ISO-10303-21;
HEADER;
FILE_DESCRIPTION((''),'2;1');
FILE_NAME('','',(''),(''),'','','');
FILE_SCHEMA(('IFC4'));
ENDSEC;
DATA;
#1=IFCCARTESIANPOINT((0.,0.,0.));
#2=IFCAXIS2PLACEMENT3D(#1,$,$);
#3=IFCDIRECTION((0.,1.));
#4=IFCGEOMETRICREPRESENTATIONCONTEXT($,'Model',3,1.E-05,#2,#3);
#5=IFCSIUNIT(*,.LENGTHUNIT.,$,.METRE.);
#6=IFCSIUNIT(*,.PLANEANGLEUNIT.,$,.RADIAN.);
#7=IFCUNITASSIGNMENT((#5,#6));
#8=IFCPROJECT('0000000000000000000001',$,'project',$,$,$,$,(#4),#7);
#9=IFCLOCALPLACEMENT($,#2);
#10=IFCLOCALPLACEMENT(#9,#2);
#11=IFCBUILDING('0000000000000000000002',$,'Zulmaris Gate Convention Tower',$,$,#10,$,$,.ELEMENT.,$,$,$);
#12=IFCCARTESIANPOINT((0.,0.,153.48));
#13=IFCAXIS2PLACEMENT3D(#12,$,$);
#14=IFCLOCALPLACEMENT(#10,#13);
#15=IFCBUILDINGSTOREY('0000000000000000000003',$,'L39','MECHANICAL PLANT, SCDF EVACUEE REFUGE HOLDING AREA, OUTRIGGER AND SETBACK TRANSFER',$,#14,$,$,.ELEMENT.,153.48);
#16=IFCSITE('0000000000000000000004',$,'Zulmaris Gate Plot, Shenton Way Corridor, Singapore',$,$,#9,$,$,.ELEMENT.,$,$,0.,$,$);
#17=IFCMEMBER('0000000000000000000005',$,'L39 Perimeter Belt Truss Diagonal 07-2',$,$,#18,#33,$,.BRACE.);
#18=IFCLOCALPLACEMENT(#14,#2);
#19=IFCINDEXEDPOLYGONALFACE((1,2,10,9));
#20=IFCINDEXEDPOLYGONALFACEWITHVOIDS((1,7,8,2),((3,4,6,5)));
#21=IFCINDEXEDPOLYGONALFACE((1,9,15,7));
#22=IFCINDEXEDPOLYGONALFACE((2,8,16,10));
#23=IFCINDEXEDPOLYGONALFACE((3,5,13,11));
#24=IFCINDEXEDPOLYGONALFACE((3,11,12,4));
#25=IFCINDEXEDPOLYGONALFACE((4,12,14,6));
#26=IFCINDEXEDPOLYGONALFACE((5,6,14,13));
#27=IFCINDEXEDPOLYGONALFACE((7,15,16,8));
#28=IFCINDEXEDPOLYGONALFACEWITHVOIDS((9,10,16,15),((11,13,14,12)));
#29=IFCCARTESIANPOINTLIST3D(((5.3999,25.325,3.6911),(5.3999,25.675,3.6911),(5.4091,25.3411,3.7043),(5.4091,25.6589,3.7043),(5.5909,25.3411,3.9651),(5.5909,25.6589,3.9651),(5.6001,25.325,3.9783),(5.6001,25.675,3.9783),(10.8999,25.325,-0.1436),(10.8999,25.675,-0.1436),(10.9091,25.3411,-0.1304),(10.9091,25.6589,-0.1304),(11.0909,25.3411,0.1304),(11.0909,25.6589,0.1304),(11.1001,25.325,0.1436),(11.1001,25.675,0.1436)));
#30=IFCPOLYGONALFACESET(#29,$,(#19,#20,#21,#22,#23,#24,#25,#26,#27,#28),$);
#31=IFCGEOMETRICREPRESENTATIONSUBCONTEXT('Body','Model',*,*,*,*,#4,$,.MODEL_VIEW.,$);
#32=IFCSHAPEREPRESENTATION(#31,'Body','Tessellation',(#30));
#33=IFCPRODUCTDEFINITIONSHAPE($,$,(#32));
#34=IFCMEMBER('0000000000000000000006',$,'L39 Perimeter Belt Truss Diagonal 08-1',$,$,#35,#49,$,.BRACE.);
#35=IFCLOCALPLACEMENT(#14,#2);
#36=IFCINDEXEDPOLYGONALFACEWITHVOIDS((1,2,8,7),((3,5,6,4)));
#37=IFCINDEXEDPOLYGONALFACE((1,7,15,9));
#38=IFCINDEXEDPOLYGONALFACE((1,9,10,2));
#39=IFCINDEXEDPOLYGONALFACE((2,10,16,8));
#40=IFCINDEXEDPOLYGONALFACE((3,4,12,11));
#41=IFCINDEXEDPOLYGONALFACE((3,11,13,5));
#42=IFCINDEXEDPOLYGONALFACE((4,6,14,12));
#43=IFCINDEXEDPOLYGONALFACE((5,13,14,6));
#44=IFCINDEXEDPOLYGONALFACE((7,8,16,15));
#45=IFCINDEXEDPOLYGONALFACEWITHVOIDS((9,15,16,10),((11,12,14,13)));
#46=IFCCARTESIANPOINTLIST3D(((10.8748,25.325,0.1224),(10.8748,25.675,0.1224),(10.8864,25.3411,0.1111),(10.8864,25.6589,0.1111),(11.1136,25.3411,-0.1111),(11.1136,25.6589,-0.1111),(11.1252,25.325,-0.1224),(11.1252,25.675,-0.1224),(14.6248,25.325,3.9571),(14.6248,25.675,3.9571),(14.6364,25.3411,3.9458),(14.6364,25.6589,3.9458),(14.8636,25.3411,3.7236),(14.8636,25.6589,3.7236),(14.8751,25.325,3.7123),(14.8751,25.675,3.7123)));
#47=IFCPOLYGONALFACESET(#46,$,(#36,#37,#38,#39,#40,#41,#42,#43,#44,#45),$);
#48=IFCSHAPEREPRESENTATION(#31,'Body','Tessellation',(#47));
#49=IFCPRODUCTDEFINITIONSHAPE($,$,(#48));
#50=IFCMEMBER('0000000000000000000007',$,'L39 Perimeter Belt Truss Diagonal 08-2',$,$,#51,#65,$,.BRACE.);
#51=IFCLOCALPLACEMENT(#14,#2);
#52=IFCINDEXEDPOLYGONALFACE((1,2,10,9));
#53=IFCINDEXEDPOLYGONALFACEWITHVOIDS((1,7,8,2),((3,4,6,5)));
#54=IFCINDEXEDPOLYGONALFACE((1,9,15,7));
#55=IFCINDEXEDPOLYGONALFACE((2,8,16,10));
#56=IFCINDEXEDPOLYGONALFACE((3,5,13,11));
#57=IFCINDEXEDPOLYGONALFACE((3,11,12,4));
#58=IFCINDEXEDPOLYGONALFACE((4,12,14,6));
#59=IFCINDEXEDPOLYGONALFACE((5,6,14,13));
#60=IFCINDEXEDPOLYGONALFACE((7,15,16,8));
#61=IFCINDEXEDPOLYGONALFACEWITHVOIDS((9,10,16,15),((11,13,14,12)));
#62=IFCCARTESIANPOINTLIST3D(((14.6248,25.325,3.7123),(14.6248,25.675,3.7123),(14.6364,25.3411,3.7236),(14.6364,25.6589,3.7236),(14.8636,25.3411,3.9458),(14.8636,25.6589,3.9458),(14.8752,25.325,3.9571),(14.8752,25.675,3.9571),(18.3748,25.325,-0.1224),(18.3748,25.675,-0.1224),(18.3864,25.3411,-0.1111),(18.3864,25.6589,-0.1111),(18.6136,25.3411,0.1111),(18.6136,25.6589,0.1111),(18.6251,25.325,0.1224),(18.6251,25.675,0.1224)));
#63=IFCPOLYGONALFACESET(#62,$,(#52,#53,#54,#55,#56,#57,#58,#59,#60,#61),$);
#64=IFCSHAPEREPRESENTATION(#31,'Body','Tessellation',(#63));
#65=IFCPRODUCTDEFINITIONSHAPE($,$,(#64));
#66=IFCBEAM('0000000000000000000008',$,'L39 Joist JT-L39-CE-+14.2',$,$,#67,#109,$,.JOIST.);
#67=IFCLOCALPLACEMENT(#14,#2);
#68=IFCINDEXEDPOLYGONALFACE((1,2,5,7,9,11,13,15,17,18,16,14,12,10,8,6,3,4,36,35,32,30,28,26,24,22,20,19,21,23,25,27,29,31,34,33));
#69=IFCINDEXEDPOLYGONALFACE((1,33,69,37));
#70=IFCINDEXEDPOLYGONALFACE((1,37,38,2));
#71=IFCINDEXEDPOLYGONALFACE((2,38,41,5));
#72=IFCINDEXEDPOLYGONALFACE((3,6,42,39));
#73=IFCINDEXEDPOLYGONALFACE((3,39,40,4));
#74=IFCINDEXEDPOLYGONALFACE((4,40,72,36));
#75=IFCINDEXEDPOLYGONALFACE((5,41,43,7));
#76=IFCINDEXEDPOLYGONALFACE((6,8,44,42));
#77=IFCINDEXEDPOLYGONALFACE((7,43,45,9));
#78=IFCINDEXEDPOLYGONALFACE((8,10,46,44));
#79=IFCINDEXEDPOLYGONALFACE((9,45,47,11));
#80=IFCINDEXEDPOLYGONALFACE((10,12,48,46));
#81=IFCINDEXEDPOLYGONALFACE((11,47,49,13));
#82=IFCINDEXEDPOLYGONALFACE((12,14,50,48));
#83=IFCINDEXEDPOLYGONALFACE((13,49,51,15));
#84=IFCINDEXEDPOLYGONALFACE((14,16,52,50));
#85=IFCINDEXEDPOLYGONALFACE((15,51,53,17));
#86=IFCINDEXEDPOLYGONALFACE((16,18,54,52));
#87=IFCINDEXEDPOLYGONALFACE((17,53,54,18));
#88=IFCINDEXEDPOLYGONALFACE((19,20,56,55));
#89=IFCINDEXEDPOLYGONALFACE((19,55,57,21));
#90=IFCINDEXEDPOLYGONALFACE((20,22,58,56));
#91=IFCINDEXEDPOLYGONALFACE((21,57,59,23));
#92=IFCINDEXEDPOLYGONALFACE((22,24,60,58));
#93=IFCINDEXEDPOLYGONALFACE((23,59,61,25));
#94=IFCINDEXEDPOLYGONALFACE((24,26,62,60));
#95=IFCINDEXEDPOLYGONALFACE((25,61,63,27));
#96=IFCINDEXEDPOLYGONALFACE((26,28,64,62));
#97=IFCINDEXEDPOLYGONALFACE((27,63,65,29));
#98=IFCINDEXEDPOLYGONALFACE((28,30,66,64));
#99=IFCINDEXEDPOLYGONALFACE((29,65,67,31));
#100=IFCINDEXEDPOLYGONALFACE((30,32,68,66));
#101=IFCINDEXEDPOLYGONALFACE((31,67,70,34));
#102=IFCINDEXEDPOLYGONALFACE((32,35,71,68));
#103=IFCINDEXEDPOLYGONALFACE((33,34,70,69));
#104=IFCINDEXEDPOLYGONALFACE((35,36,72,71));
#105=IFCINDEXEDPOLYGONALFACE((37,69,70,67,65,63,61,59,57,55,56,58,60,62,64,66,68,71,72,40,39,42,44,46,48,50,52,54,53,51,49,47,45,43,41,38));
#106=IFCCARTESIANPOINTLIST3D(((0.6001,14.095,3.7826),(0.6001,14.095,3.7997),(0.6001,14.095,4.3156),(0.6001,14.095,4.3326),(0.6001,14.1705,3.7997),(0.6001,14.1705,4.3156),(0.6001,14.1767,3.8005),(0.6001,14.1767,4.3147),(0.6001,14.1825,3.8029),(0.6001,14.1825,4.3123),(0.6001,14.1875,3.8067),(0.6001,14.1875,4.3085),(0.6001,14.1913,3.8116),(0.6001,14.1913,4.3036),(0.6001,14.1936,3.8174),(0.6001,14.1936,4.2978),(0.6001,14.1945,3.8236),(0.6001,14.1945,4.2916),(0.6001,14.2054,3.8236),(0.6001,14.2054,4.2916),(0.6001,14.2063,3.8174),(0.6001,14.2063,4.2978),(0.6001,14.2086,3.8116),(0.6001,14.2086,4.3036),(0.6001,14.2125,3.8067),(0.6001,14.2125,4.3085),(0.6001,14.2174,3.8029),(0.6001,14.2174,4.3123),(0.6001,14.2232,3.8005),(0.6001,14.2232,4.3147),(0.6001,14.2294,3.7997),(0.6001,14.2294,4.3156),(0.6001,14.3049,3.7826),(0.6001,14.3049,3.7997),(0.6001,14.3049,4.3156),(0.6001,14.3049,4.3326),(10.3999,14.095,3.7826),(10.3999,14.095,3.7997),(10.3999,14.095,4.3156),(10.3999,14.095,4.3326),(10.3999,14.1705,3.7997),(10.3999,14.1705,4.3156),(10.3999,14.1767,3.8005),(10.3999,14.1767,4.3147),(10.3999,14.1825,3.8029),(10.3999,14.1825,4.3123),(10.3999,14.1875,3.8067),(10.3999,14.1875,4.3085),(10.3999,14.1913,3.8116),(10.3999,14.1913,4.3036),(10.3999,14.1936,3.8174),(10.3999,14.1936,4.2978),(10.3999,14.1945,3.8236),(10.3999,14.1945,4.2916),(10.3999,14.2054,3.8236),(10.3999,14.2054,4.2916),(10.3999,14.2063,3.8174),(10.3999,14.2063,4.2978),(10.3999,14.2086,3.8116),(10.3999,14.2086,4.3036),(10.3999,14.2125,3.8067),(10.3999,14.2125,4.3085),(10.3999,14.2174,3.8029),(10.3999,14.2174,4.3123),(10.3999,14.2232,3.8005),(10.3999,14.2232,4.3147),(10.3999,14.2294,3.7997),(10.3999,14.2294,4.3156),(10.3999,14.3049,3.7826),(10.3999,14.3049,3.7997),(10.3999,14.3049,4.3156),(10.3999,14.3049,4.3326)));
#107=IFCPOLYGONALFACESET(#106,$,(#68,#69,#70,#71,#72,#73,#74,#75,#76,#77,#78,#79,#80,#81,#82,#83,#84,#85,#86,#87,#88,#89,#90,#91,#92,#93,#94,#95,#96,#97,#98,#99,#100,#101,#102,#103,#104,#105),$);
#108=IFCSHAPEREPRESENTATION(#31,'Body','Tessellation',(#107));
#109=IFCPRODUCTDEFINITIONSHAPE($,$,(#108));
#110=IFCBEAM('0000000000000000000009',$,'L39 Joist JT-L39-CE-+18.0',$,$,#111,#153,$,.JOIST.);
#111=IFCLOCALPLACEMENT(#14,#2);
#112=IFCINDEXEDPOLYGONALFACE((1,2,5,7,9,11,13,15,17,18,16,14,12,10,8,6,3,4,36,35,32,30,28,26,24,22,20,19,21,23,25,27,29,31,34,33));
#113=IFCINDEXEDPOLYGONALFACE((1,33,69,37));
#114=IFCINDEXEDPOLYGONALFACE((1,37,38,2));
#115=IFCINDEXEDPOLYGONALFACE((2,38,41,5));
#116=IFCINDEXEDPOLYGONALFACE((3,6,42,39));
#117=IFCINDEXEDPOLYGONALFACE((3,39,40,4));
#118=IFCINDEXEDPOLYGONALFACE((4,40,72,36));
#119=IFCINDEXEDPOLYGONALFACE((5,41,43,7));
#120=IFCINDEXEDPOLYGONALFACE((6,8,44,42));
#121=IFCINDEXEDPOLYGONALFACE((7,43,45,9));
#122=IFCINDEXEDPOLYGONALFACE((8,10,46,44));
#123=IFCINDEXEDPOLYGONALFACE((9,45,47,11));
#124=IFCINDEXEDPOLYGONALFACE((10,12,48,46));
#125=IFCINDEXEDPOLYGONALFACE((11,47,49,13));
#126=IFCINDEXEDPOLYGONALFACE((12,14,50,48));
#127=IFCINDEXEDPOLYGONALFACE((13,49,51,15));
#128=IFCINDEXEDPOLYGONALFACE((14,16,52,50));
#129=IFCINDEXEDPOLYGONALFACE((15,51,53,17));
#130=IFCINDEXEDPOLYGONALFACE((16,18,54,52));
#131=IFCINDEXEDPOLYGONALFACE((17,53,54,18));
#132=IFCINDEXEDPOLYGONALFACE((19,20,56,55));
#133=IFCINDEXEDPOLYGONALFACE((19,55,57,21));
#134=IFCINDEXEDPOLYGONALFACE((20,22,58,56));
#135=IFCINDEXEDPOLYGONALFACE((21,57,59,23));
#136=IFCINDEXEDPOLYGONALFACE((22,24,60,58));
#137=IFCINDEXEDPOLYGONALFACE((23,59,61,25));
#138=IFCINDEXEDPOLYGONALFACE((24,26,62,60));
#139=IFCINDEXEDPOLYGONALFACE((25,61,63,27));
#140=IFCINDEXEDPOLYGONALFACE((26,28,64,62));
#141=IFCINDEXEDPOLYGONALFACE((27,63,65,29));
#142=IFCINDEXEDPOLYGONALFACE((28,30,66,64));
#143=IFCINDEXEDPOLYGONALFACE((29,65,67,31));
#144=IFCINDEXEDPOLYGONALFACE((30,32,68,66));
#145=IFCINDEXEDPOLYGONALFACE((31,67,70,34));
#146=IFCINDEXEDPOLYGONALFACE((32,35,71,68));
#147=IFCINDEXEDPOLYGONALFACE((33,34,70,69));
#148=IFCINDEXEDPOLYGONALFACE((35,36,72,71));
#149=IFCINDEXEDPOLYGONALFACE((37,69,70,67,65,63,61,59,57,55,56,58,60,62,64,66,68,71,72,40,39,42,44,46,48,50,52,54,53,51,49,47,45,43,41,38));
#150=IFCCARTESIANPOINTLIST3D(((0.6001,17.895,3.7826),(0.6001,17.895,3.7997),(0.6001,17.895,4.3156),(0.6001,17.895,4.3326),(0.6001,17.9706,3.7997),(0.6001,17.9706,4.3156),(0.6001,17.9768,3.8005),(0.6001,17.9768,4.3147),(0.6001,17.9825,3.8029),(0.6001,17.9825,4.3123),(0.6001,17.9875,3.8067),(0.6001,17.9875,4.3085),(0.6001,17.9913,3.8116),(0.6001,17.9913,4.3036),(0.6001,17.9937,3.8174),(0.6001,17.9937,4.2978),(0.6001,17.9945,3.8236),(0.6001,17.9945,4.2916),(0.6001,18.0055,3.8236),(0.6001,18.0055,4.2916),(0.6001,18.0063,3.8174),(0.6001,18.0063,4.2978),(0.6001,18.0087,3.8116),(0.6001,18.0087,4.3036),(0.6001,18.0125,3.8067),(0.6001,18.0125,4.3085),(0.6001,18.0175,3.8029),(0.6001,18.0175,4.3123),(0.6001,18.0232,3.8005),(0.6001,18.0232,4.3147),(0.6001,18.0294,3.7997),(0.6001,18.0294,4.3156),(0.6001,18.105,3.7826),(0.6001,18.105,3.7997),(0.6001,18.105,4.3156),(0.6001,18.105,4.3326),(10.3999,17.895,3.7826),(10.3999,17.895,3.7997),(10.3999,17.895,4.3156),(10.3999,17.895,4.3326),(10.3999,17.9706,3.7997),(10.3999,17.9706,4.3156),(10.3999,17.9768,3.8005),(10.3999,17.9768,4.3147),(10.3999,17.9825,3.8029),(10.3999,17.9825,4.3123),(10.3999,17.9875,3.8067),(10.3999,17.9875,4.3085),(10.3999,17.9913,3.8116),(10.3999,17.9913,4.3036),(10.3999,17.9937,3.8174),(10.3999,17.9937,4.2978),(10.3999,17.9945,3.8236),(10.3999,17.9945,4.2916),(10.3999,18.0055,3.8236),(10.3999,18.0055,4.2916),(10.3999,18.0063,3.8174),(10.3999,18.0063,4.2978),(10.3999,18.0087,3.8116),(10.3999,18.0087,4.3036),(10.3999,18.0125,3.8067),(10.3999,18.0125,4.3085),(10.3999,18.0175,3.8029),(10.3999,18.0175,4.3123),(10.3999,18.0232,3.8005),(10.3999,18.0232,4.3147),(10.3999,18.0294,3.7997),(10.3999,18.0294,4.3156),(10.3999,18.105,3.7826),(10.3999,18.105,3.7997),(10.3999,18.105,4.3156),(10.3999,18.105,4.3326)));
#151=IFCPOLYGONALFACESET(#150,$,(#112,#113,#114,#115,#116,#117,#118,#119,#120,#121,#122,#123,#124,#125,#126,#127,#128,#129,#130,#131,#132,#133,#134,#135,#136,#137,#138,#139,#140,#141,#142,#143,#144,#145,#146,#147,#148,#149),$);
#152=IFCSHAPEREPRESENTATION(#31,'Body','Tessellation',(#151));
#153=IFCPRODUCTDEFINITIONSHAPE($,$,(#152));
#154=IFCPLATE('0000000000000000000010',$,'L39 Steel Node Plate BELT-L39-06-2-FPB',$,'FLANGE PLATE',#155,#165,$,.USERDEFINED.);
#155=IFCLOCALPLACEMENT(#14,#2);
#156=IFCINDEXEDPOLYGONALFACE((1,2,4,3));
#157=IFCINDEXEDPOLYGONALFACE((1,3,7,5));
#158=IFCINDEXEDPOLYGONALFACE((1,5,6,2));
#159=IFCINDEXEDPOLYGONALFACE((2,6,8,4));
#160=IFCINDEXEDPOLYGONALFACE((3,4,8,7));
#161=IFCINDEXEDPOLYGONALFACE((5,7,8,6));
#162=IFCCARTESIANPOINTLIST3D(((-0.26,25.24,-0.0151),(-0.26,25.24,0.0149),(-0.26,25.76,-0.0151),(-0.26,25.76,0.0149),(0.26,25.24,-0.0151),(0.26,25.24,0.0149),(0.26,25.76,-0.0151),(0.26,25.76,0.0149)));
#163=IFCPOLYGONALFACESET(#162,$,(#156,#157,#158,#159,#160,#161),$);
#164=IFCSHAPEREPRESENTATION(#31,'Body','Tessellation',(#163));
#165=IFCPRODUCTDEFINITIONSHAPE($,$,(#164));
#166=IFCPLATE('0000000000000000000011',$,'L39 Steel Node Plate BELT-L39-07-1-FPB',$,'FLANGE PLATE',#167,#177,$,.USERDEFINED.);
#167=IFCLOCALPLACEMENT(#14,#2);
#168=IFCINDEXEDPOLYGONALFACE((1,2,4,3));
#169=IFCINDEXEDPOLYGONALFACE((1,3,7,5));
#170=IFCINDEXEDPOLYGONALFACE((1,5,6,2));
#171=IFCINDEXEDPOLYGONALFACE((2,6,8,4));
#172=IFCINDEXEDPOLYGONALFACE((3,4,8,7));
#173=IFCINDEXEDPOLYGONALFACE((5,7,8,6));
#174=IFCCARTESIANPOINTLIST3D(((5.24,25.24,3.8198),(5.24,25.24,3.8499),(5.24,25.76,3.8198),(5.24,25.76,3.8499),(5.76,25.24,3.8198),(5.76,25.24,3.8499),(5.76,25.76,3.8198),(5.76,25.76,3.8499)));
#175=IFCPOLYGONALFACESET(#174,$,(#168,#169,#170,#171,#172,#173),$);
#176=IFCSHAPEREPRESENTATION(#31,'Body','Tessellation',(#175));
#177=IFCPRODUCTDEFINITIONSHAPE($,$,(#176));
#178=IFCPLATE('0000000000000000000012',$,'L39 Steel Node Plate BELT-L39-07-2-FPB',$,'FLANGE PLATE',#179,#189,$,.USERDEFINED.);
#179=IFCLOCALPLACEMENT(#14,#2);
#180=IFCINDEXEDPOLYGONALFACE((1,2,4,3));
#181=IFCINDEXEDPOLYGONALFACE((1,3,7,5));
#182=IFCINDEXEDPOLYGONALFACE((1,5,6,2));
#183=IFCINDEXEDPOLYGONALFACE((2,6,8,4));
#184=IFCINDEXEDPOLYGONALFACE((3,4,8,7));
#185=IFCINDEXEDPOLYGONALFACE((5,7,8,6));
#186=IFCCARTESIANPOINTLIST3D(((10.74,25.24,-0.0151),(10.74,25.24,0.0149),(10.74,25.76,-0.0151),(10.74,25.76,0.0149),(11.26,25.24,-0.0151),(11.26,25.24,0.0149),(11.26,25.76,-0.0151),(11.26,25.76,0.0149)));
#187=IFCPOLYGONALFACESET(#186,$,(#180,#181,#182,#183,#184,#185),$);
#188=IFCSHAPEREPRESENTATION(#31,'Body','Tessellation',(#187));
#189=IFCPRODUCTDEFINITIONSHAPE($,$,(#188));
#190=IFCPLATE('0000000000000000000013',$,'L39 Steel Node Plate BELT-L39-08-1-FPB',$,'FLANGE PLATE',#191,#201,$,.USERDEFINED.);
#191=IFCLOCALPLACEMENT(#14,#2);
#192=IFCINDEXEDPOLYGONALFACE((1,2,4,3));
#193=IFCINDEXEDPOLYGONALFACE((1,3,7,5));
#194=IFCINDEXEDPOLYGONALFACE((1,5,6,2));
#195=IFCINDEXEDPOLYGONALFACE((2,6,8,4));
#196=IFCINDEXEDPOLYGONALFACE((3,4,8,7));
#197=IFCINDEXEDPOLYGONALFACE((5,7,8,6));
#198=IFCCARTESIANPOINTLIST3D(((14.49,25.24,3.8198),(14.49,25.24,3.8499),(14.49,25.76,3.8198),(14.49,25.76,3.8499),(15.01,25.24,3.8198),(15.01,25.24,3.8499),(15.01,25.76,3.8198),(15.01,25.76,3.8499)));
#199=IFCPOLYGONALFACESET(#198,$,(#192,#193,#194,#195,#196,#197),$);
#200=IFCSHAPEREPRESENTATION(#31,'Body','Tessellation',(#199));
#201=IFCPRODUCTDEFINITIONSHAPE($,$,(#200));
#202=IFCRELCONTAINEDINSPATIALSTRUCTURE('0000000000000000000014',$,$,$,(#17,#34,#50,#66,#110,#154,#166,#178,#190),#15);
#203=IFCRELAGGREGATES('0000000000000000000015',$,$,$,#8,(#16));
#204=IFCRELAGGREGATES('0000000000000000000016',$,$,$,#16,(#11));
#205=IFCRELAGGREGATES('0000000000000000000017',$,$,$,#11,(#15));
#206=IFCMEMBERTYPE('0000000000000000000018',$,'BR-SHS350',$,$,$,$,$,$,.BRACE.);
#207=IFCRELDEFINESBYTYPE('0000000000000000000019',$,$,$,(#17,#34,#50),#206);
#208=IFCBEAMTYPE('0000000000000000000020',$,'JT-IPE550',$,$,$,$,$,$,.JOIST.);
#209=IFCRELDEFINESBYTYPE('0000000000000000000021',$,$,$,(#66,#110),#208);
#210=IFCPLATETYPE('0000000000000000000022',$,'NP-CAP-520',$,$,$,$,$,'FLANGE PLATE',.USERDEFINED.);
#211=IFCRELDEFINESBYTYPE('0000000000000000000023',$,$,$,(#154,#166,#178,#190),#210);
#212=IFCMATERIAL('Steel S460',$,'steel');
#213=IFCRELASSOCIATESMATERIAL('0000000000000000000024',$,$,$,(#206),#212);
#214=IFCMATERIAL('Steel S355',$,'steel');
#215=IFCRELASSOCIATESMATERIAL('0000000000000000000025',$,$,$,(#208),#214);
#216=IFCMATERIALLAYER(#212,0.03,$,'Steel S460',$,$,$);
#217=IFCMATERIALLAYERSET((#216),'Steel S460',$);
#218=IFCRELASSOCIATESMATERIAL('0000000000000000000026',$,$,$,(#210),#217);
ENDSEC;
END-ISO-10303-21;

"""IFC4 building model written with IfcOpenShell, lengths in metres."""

from ifc_helpers import new_model, si_unit, direction, frame, origin, origin_2d, place, context, subcontext, project, spatial, rectangle, hollow_rectangle, i_section, extrude, material, layer, layer_set, material_profile, profile_set, type_object, element, save


model = new_model("IFC4")

# Units and contexts
model_context = context("Model", 3, precision=1e-05, world=origin(), true_north=direction((0.0, 1.0)))
body_context = subcontext(model_context, "Body", "Model", "MODEL_VIEW")
ifc_project = project(units=[si_unit("LENGTHUNIT", "METRE"), si_unit("PLANEANGLEUNIT", "RADIAN")], contexts=[model_context])

# Site, building, storey
site_placement = place(None, origin())
site = spatial("IfcSite", under=ifc_project, at=site_placement, Name="Zulmaris Gate Plot, Shenton Way Corridor, Singapore", CompositionType="ELEMENT", RefElevation=0.0)
building_placement = place(site_placement, origin())
building = spatial("IfcBuilding", under=site, at=building_placement, Name="Zulmaris Gate Convention Tower", CompositionType="ELEMENT")
storey_placement = place(building_placement, frame((0.0, 0.0, 153.48)))
storey = spatial("IfcBuildingStorey", under=building, at=storey_placement, Name="L39", Description="MECHANICAL PLANT, SCDF EVACUEE REFUGE HOLDING AREA, OUTRIGGER AND SETBACK TRANSFER", CompositionType="ELEMENT", Elevation=153.48)

# Members
ifc_material_1 = material(Name="Steel S460", Category="steel")
ifc_material_profile_1 = material_profile(ifc_material_1, hollow_rectangle(XDim=0.3501, YDim=0.3501, WallThickness=0.0161, at=origin_2d()), Name="SHS 350x350x16")
ifc_profile_set_1 = profile_set([ifc_material_profile_1], Name="Steel S460")
member_type_1 = type_object("IfcMemberType", Name="BR-SHS350", PredefinedType="BRACE", material=ifc_profile_set_1)
for number, where, z_axis, x_axis, name in (
    (1, (5.5, 25.5, 3.8347), (0.820301, 0.0, -0.571932), (0.0, 1.0, 0.0), "L39 Perimeter Belt Truss Diagonal 07-2"),
):
    element("IfcMember", number, at=place(storey_placement, frame(where, z_axis=z_axis, x_axis=x_axis)), inside=storey, type_object=member_type_1, Name=name, PredefinedType="BRACE", context=body_context, shape_type="SweptSolid", body=[
        extrude(hollow_rectangle(XDim=0.3501, YDim=0.3501, WallThickness=0.0161, at=origin_2d()), origin(), (0.0, 0.0, 1.0), 6.7048),
    ])
for number, where, z_axis, x_axis, name in (
    (2, (11.0, 25.5, 0.0), (0.699165, 0.0, 0.71496), (0.0, 1.0, 0.0), "L39 Perimeter Belt Truss Diagonal 08-1"),
    (3, (14.75, 25.5, 3.8347), (0.699165, 0.0, -0.71496), (0.0, 1.0, 0.0), "L39 Perimeter Belt Truss Diagonal 08-2"),
):
    element("IfcMember", number, at=place(storey_placement, frame(where, z_axis=z_axis, x_axis=x_axis)), inside=storey, type_object=member_type_1, Name=name, PredefinedType="BRACE", context=body_context, shape_type="SweptSolid", body=[
        extrude(hollow_rectangle(XDim=0.3501, YDim=0.3501, WallThickness=0.0161, at=origin_2d()), origin(), (0.0, 0.0, 1.0), 5.3635),
    ])

# Beams
ifc_material_2 = material(Name="Steel S355", Category="steel")
ifc_material_profile_2 = material_profile(ifc_material_2, i_section(OverallWidth=0.21, OverallDepth=0.55, WebThickness=0.011, FlangeThickness=0.0171, FilletRadius=0.0239, at=origin_2d()), Name="IPE 550")
ifc_profile_set_2 = profile_set([ifc_material_profile_2], Name="Steel S355")
beam_type_1 = type_object("IfcBeamType", Name="JT-IPE550", PredefinedType="JOIST", material=ifc_profile_set_2)
for number, where, z_axis, x_axis, name in (
    (4, (0.6001, 14.2, 4.0576), (1.0, 0.0, 0.0), (0.0, 1.0, 0.0), "L39 Joist JT-L39-CE-+14.2"),
    (5, (0.6001, 18.0, 4.0576), (1.0, 0.0, 0.0), (0.0, 1.0, 0.0), "L39 Joist JT-L39-CE-+18.0"),
):
    element("IfcBeam", number, at=place(storey_placement, frame(where, z_axis=z_axis, x_axis=x_axis)), inside=storey, type_object=beam_type_1, Name=name, PredefinedType="JOIST", context=body_context, shape_type="SweptSolid", body=[
        extrude(i_section(OverallWidth=0.21, OverallDepth=0.55, WebThickness=0.011, FlangeThickness=0.0171, FilletRadius=0.0239, at=origin_2d()), origin(), (0.0, 0.0, 1.0), 9.7998),
    ])

# Plates
ifc_layer_1 = layer(ifc_material_1, 0.03, Name="Steel S460")
ifc_layer_set_1 = layer_set([ifc_layer_1], Name="Steel S460")
plate_type_1 = type_object("IfcPlateType", Name="NP-CAP-520", ElementType="FLANGE PLATE", PredefinedType="USERDEFINED", material=ifc_layer_set_1)
for number, where, z_axis, x_axis, name in (
    (6, (0.0, 25.5, -0.0151), (0.0, 0.0, 1.0), (1.0, 0.0, 0.0), "L39 Steel Node Plate BELT-L39-06-2-FPB"),
    (7, (5.5, 25.5, 3.8198), (0.0, 0.0, 1.0), (1.0, 0.0, 0.0), "L39 Steel Node Plate BELT-L39-07-1-FPB"),
    (8, (11.0, 25.5, -0.0151), (0.0, 0.0, 1.0), (1.0, 0.0, 0.0), "L39 Steel Node Plate BELT-L39-07-2-FPB"),
    (9, (14.75, 25.5, 3.8198), (0.0, 0.0, 1.0), (1.0, 0.0, 0.0), "L39 Steel Node Plate BELT-L39-08-1-FPB"),
):
    element("IfcPlate", number, at=place(storey_placement, frame(where, z_axis=z_axis, x_axis=x_axis)), inside=storey, type_object=plate_type_1, Name=name, ObjectType="FLANGE PLATE", PredefinedType="USERDEFINED", context=body_context, shape_type="SweptSolid", body=[
        extrude(rectangle(XDim=0.52, YDim=0.52, at=origin_2d()), origin(), (0.0, 0.0, 1.0), 0.03),
    ])

save(model, "model.ifc")
